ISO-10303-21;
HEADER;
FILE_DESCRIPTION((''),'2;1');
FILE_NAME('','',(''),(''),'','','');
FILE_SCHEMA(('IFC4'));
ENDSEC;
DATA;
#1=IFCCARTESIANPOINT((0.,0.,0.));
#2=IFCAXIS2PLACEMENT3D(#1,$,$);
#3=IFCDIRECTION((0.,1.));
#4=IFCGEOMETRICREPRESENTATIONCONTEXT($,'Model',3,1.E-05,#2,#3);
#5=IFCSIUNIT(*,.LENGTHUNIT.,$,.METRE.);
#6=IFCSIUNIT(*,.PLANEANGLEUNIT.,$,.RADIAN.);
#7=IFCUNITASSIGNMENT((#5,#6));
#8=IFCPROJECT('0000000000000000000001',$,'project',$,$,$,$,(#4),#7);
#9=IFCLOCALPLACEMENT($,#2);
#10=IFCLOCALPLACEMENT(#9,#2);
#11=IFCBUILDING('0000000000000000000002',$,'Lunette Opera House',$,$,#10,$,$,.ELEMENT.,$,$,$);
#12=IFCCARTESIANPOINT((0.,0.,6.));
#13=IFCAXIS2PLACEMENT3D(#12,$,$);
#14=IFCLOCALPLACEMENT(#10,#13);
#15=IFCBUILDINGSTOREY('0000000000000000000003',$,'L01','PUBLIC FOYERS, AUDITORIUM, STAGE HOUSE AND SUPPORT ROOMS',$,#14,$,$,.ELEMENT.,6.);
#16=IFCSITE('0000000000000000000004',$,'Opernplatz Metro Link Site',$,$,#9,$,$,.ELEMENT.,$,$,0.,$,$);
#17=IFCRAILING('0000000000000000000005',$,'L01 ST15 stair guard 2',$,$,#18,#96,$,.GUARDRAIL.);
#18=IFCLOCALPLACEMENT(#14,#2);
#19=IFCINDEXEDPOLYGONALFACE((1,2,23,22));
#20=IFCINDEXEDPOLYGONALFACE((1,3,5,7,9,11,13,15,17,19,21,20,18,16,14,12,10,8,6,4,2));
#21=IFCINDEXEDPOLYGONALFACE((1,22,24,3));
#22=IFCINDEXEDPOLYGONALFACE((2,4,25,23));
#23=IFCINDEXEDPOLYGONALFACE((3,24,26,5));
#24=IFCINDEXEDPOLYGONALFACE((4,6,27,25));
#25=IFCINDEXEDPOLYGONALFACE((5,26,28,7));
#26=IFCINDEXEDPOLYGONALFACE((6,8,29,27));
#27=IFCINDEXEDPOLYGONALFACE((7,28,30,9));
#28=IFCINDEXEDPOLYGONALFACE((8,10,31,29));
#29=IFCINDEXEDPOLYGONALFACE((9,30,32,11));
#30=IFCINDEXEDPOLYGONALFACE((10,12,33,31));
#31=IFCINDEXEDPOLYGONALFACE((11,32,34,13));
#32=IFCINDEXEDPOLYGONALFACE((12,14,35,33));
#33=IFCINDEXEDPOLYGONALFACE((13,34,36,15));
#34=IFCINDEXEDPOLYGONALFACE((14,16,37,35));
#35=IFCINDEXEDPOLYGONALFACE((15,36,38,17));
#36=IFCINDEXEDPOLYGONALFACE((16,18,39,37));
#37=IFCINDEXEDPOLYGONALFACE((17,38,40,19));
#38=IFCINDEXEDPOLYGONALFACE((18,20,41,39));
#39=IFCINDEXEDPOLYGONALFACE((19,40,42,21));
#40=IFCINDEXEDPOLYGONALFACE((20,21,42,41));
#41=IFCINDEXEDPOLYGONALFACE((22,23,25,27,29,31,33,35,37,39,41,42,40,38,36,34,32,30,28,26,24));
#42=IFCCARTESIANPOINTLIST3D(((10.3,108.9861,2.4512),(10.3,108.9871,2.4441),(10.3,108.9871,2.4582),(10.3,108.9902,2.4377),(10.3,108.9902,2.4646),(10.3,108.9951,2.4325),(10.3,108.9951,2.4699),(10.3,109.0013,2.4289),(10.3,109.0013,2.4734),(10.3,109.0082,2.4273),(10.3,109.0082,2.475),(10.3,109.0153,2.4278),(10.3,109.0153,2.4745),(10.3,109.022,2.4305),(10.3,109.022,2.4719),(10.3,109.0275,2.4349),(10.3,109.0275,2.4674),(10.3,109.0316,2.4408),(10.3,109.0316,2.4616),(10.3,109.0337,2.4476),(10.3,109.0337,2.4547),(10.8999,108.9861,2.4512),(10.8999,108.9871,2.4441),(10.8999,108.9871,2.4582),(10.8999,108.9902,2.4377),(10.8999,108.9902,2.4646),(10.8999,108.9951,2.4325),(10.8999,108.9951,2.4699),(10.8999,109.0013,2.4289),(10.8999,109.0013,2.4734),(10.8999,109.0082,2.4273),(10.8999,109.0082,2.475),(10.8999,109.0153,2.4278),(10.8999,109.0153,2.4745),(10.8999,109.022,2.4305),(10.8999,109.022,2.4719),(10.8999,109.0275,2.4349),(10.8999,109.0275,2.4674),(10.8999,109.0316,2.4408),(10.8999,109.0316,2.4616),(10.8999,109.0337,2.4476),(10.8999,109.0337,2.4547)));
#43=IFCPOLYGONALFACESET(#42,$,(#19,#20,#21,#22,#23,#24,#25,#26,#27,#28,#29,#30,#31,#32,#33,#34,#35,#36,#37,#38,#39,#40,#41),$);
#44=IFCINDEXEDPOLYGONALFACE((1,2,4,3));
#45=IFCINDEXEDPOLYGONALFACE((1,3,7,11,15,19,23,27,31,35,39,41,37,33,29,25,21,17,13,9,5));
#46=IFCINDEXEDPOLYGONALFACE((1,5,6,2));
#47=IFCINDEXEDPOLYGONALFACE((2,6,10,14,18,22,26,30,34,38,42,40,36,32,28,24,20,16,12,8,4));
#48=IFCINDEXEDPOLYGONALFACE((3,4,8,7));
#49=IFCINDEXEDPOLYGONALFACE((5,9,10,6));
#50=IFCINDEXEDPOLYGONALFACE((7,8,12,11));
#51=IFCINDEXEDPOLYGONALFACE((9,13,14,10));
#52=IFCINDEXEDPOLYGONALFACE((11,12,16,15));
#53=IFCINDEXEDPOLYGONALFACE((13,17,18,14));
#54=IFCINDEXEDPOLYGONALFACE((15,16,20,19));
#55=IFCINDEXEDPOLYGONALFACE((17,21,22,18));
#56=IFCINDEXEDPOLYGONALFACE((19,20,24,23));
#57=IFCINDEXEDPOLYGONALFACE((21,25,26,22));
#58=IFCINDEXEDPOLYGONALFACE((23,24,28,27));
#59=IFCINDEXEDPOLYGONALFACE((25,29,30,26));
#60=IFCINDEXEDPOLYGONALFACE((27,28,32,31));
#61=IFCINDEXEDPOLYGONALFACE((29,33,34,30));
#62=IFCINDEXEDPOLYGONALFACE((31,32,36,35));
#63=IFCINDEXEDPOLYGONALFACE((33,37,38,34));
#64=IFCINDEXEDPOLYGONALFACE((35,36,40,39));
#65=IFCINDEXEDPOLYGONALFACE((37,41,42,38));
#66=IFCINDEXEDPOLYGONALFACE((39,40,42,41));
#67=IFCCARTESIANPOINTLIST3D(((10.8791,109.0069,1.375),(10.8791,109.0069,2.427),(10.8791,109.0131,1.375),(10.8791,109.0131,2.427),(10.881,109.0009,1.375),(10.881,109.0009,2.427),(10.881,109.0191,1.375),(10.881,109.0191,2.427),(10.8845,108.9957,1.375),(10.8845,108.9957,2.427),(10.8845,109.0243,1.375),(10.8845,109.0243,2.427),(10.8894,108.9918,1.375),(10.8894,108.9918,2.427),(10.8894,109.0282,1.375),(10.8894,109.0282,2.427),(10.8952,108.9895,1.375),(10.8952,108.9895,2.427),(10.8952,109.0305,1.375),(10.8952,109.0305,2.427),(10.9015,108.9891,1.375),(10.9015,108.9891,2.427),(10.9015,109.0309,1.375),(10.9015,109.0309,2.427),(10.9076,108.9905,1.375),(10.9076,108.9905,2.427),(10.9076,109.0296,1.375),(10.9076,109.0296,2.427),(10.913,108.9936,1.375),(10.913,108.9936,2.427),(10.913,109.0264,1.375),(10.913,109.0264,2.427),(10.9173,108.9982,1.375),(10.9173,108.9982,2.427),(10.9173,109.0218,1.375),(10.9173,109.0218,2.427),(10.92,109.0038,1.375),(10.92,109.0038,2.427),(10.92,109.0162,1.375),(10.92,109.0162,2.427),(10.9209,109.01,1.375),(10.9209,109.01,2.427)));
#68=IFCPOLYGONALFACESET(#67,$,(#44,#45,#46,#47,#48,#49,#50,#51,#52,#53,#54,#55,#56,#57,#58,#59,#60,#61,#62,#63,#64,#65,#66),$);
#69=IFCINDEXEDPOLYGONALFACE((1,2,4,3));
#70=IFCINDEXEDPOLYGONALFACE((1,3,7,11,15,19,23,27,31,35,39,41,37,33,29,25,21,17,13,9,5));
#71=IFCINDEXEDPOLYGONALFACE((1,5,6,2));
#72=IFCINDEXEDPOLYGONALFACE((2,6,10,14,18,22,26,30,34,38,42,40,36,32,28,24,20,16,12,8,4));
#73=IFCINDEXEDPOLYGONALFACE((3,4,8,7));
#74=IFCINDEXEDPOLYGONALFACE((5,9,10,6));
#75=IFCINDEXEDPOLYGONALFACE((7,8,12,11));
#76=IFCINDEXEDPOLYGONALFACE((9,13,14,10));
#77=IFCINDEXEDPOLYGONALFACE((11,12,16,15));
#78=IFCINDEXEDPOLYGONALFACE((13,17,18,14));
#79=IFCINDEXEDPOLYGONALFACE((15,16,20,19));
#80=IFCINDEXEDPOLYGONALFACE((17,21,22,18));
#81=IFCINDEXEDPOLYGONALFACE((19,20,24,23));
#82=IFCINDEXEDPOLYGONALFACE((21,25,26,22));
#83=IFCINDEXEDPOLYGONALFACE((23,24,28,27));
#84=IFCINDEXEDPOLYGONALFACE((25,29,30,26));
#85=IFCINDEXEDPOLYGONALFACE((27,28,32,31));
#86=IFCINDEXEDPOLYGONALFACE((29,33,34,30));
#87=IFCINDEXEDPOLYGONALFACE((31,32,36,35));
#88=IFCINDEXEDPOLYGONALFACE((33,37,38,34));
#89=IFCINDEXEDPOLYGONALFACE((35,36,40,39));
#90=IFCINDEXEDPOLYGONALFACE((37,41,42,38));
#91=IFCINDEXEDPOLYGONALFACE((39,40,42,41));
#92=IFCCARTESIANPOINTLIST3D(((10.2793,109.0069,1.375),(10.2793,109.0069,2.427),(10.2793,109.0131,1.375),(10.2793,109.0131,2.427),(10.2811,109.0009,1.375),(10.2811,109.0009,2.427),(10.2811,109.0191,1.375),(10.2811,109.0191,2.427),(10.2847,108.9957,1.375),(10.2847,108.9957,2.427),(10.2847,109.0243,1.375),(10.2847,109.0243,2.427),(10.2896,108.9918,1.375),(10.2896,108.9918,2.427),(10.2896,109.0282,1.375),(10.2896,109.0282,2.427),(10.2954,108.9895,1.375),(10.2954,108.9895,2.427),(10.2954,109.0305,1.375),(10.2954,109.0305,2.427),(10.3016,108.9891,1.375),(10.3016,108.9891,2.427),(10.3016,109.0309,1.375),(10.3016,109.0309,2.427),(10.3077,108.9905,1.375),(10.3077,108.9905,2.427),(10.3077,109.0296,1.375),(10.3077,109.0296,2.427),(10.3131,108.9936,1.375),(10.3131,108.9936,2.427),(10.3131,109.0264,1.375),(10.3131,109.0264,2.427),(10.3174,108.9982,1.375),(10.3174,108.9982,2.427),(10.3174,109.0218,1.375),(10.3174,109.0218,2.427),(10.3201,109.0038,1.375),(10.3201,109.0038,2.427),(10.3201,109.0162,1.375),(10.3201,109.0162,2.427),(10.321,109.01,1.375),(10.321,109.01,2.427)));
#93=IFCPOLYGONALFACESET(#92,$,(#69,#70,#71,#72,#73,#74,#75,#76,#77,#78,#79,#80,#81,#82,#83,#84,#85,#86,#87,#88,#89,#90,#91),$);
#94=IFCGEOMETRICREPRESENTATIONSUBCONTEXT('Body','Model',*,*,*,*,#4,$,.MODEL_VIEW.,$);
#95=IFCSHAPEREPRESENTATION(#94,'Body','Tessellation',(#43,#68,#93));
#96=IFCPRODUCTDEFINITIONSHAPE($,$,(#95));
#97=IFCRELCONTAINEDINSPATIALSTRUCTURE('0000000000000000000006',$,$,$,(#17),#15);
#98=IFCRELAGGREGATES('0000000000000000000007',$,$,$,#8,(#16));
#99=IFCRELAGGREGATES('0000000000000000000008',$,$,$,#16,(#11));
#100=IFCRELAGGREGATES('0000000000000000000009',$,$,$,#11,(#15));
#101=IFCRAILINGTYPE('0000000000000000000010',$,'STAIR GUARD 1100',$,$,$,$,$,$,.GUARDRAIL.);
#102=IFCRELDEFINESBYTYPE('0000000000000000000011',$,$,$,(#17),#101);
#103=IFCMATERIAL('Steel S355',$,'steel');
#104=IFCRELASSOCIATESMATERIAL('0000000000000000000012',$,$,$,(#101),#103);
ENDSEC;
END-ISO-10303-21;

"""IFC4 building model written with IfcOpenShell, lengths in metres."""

from ifc_helpers import new_model, si_unit, direction, frame, origin, origin_2d, place, context, subcontext, project, spatial, circle, extrude, material, type_object, element, save


model = new_model("IFC4")

# Units and contexts
model_context = context("Model", 3, precision=1e-05, world=origin(), true_north=direction((0.0, 1.0)))
body_context = subcontext(model_context, "Body", "Model", "MODEL_VIEW")
ifc_project = project(units=[si_unit("LENGTHUNIT", "METRE"), si_unit("PLANEANGLEUNIT", "RADIAN")], contexts=[model_context])

# Site, building, storey
site_placement = place(None, origin())
site = spatial("IfcSite", under=ifc_project, at=site_placement, Name="Opernplatz Metro Link Site", CompositionType="ELEMENT", RefElevation=0.0)
building_placement = place(site_placement, origin())
building = spatial("IfcBuilding", under=site, at=building_placement, Name="Lunette Opera House", CompositionType="ELEMENT")
storey_placement = place(building_placement, frame((0.0, 0.0, 6.0)))
storey = spatial("IfcBuildingStorey", under=building, at=storey_placement, Name="L01", Description="PUBLIC FOYERS, AUDITORIUM, STAGE HOUSE AND SUPPORT ROOMS", CompositionType="ELEMENT", Elevation=6.0)

# Railing
ifc_material_1 = material(Name="Steel S355", Category="steel")
railing_type_1 = type_object("IfcRailingType", Name="STAIR GUARD 1100", PredefinedType="GUARDRAIL", material=ifc_material_1)
railing_1_placement = place(storey_placement, frame((10.8999, 109.01, 1.375)))
element("IfcRailing", 1, at=railing_1_placement, inside=storey, type_object=railing_type_1, Name="L01 ST15 stair guard 2", PredefinedType="GUARDRAIL", context=body_context, shape_type="SweptSolid", body=[
    extrude(circle(Radius=0.0239, at=origin_2d()), frame((0.0, 0.0, 1.0762), z_axis=(-1.0, 0.0, 0.0), x_axis=(0.0, -1.0, 0.0)), (0.0, 0.0, 1.0), 0.5999),
    extrude(circle(Radius=0.021, at=origin_2d()), origin(), (0.0, 0.0, 1.0), 1.052),
    extrude(circle(Radius=0.021, at=origin_2d()), frame((-0.5999, 0.0, 0.0)), (0.0, 0.0, 1.0), 1.052),
])

save(model, "model.ifc")
